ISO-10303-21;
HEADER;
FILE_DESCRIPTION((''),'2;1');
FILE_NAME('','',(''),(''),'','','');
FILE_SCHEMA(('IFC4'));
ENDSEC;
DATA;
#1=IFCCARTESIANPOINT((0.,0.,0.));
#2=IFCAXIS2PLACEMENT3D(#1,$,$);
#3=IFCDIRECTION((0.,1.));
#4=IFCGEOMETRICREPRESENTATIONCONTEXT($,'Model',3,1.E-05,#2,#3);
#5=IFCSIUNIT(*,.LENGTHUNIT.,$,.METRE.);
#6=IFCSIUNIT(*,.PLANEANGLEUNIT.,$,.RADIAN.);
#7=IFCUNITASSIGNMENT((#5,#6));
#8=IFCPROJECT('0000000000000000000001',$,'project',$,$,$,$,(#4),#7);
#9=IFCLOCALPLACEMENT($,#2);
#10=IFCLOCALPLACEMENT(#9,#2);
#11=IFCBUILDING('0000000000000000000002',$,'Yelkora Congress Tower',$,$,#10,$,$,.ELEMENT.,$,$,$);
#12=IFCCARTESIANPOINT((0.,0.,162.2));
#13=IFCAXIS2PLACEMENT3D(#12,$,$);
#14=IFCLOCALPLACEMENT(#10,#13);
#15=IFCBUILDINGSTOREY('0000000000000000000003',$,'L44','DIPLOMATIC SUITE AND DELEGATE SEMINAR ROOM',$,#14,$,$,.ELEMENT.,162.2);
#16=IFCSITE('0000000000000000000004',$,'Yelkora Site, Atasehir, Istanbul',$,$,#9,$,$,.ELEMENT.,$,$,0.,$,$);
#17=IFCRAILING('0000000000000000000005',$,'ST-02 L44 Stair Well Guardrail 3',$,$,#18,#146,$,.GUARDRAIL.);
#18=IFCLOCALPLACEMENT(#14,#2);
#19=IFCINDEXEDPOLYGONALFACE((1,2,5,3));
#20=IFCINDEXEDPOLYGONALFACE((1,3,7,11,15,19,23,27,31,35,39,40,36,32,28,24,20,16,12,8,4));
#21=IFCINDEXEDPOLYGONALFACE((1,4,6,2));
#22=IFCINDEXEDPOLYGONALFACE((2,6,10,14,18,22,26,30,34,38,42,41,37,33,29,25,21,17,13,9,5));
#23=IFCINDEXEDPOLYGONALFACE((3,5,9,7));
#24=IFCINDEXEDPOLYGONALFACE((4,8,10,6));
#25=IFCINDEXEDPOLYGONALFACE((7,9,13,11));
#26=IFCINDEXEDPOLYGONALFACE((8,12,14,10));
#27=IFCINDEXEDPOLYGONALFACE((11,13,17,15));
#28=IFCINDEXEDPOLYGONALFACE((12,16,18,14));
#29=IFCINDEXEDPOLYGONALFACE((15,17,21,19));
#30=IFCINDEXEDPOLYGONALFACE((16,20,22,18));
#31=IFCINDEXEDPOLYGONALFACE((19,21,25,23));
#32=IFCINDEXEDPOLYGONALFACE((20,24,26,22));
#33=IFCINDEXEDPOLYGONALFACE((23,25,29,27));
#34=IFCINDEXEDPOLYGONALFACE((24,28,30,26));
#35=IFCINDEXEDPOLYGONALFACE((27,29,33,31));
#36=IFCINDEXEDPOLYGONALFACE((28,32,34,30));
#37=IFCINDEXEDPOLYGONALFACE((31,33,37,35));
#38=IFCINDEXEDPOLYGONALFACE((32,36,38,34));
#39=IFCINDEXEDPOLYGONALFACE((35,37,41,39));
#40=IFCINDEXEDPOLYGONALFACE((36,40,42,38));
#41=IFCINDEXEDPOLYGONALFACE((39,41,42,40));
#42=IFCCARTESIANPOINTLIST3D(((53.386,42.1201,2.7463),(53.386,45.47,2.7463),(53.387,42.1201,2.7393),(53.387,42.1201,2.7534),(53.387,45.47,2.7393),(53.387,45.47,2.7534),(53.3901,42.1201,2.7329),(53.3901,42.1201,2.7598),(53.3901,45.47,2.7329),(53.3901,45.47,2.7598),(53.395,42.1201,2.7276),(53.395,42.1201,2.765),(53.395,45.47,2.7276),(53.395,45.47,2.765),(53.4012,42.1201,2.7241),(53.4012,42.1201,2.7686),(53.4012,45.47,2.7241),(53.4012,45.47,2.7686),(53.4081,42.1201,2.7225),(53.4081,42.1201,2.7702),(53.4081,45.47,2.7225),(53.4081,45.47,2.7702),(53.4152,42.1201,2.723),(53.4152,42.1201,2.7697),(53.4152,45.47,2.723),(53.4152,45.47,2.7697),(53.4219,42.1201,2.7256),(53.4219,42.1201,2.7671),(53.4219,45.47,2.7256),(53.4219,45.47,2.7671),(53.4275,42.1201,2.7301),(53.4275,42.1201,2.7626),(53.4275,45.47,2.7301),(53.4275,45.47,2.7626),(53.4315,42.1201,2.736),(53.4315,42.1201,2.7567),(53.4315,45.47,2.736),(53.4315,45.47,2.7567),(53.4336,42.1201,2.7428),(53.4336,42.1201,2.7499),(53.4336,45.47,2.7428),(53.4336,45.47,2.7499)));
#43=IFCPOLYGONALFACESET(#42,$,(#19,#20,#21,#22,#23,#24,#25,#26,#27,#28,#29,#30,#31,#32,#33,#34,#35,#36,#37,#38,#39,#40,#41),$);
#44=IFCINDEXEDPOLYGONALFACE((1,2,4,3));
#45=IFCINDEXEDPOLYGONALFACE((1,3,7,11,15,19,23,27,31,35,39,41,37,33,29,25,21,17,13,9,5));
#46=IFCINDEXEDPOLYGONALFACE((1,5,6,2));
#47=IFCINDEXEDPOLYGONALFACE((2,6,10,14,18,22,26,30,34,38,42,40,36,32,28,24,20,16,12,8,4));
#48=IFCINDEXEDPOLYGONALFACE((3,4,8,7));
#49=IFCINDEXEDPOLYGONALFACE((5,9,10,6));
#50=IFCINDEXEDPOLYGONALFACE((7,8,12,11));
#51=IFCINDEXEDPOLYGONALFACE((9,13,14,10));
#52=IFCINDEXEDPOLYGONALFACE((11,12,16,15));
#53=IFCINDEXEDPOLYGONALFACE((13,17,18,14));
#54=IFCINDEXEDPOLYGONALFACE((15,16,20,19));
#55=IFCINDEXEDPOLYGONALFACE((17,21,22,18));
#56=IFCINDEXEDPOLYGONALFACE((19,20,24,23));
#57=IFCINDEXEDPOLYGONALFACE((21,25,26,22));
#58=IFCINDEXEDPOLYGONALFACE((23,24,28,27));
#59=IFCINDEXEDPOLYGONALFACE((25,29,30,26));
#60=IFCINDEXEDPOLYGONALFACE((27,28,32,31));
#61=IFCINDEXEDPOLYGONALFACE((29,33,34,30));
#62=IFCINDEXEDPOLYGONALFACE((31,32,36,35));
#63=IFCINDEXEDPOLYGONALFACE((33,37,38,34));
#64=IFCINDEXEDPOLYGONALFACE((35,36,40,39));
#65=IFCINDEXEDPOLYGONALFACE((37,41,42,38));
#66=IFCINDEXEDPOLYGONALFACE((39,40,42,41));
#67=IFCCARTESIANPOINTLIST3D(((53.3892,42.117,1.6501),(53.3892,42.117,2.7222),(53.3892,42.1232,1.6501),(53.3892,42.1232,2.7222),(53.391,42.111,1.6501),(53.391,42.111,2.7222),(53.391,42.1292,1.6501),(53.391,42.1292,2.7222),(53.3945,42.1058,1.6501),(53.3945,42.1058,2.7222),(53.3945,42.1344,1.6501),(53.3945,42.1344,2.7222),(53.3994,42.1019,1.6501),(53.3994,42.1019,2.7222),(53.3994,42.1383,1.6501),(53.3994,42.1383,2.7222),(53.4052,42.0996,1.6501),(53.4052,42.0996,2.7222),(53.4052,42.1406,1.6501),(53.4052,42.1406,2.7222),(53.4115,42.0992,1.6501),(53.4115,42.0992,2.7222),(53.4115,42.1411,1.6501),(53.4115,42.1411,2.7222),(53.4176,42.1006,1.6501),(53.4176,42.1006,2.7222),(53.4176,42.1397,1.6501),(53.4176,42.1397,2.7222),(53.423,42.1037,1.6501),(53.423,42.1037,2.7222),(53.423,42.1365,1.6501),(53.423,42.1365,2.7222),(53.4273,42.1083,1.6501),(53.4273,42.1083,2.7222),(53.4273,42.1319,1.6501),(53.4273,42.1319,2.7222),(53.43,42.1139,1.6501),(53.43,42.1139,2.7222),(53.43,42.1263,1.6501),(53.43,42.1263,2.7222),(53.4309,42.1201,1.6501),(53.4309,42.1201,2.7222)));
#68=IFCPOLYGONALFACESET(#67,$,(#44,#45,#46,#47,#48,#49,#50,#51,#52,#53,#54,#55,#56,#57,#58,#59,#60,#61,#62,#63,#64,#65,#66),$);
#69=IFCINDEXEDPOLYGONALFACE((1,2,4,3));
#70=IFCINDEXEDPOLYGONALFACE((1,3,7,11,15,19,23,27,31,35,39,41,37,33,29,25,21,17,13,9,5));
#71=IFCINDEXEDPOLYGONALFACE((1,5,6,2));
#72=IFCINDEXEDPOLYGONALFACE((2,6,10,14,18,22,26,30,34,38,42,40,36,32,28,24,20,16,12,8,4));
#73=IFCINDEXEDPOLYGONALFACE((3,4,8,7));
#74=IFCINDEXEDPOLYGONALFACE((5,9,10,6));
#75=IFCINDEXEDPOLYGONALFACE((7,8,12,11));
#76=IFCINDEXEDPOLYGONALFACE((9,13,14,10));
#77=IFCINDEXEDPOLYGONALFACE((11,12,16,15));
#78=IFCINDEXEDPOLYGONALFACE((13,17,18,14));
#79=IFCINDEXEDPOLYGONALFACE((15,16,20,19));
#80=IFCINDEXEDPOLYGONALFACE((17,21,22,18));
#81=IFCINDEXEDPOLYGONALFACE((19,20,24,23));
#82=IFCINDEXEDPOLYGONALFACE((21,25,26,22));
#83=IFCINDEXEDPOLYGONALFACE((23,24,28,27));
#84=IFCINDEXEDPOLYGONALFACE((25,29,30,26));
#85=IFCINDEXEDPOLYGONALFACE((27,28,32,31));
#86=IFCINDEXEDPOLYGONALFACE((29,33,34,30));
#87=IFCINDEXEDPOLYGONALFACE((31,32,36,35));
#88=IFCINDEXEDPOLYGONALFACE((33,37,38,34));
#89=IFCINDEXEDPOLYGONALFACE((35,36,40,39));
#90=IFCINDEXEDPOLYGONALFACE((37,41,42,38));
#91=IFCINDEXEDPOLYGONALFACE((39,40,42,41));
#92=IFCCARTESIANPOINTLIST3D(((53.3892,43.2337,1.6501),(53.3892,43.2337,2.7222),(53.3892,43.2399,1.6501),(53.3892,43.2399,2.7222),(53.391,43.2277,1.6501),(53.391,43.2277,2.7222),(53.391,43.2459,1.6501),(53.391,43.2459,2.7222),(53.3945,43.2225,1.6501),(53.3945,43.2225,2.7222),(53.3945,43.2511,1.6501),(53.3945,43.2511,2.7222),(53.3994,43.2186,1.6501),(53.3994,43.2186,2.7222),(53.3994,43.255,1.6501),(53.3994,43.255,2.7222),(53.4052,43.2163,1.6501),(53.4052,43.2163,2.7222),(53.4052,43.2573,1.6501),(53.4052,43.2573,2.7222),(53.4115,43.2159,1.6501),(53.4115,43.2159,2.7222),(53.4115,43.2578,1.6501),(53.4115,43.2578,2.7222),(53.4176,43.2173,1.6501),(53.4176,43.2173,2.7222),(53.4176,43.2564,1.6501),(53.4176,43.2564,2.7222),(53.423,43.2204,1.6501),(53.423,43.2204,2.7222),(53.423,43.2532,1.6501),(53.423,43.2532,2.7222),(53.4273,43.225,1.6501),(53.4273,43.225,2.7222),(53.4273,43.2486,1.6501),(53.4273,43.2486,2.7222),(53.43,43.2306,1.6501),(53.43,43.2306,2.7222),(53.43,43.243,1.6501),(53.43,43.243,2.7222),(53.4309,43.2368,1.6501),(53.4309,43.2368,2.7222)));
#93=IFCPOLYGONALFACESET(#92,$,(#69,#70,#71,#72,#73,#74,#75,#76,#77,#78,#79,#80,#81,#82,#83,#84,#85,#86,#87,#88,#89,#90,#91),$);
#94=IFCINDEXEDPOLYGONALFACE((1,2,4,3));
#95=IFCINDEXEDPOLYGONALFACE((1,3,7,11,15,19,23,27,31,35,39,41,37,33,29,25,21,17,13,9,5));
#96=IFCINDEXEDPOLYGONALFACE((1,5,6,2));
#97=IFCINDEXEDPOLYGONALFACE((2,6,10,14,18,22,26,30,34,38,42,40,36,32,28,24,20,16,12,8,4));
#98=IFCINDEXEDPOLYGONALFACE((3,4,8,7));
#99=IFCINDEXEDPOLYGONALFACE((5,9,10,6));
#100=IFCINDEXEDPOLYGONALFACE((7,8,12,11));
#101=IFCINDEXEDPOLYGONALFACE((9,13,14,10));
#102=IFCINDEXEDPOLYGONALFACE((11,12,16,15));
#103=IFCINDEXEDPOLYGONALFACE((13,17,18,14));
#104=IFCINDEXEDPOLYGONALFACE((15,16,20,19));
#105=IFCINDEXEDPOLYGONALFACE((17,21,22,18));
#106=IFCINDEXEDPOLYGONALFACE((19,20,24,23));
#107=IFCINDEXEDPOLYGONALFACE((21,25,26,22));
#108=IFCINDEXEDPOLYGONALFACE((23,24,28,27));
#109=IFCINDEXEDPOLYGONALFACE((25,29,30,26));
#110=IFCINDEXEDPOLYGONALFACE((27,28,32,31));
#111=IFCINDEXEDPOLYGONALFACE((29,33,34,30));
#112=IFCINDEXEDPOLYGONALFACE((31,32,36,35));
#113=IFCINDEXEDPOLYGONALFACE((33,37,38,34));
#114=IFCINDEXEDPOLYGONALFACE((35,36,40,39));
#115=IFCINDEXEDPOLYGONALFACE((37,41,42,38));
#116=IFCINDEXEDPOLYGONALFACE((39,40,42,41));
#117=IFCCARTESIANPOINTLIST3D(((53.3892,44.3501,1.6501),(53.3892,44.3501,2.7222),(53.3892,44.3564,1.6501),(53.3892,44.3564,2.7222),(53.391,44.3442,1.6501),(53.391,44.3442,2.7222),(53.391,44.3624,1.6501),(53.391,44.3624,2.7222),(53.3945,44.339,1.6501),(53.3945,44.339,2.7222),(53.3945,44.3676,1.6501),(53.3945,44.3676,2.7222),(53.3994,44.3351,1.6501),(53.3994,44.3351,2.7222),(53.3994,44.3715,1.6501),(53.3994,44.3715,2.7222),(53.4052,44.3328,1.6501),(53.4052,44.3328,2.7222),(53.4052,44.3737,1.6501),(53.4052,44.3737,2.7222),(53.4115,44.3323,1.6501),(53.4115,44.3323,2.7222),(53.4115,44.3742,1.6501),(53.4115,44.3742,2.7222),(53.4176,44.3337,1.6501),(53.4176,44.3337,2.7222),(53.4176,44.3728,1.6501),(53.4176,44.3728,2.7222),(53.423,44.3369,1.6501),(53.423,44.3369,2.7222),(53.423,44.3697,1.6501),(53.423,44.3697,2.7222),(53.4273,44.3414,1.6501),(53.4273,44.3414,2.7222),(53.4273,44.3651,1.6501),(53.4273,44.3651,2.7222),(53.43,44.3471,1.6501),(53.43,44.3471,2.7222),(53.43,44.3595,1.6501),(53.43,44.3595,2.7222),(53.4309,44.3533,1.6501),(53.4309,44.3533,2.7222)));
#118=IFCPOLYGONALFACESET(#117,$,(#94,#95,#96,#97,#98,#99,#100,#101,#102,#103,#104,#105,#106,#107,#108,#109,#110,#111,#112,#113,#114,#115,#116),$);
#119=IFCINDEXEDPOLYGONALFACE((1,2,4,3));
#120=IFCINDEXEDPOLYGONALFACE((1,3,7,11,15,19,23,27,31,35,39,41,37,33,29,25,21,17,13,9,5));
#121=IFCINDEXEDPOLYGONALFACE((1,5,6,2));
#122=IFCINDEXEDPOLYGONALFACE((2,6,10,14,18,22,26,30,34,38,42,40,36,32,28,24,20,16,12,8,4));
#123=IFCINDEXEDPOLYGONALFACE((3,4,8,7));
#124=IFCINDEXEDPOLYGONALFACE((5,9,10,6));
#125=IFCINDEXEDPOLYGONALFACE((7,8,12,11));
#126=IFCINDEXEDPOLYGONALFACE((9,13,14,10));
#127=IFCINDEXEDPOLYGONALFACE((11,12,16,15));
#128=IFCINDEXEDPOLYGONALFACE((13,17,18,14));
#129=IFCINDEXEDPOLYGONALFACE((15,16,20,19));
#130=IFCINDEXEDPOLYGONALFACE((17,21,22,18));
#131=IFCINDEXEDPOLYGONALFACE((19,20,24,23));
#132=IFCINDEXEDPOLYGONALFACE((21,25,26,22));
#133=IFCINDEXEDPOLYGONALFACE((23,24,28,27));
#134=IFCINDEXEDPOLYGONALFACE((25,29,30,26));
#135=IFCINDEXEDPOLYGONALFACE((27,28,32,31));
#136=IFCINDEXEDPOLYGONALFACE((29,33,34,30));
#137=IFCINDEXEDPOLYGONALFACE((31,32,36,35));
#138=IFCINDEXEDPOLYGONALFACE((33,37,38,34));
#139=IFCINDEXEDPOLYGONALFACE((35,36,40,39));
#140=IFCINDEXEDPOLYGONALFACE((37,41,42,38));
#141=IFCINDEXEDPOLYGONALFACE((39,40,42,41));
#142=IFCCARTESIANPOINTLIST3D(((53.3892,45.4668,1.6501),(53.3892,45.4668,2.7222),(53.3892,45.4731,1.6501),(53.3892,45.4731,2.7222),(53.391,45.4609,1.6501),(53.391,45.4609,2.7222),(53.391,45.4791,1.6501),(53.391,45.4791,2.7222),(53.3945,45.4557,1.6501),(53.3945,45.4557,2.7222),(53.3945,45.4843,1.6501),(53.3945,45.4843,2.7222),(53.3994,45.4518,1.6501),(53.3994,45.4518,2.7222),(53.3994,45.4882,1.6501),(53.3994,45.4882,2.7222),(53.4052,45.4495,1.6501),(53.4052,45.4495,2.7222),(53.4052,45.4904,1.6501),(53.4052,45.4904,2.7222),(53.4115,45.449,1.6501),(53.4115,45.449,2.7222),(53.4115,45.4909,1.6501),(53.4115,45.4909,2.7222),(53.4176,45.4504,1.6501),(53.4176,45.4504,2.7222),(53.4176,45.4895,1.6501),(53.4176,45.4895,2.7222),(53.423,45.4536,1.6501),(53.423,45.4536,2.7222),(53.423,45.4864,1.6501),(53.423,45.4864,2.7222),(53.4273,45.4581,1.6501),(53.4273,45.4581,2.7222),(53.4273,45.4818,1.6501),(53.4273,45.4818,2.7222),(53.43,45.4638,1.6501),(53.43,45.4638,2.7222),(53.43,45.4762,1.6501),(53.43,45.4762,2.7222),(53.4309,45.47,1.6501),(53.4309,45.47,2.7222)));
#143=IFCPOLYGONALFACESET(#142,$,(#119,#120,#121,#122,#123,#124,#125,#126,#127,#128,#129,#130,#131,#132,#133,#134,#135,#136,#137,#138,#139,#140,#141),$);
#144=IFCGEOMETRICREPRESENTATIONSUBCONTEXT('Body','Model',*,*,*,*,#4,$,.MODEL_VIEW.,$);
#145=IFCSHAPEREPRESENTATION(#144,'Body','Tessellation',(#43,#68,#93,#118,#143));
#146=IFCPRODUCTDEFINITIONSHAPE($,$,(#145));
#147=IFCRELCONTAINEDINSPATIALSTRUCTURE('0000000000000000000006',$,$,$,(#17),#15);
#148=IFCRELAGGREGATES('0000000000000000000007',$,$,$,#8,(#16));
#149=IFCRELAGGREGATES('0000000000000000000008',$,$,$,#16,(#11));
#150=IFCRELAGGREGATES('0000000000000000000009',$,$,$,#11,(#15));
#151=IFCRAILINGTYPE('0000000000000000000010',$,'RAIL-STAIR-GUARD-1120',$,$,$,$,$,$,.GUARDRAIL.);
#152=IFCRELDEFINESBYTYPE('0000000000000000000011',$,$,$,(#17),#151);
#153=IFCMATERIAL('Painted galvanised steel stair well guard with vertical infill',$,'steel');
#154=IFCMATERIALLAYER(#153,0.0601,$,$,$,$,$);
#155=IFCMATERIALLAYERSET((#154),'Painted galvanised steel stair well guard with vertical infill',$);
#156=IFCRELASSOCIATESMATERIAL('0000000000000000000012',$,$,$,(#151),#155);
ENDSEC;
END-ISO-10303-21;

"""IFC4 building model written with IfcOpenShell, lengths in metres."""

from ifc_helpers import new_model, si_unit, direction, frame, origin, origin_2d, place, context, subcontext, project, spatial, circle, extrude, material, layer, layer_set, type_object, element, save


model = new_model("IFC4")

# Units and contexts
model_context = context("Model", 3, precision=1e-05, world=origin(), true_north=direction((0.0, 1.0)))
body_context = subcontext(model_context, "Body", "Model", "MODEL_VIEW")
ifc_project = project(units=[si_unit("LENGTHUNIT", "METRE"), si_unit("PLANEANGLEUNIT", "RADIAN")], contexts=[model_context])

# Site, building, storey
site_placement = place(None, origin())
site = spatial("IfcSite", under=ifc_project, at=site_placement, Name="Yelkora Site, Atasehir, Istanbul", CompositionType="ELEMENT", RefElevation=0.0)
building_placement = place(site_placement, origin())
building = spatial("IfcBuilding", under=site, at=building_placement, Name="Yelkora Congress Tower", CompositionType="ELEMENT")
storey_placement = place(building_placement, frame((0.0, 0.0, 162.2)))
storey = spatial("IfcBuildingStorey", under=building, at=storey_placement, Name="L44", Description="DIPLOMATIC SUITE AND DELEGATE SEMINAR ROOM", CompositionType="ELEMENT", Elevation=162.2)

# Railing
ifc_material_1 = material(Name="Painted galvanised steel stair well guard with vertical infill", Category="steel")
ifc_layer_1 = layer(ifc_material_1, 0.0601)
ifc_layer_set_1 = layer_set([ifc_layer_1], Name="Painted galvanised steel stair well guard with vertical infill")
railing_type_1 = type_object("IfcRailingType", Name="RAIL-STAIR-GUARD-1120", PredefinedType="GUARDRAIL", material=ifc_layer_set_1)
for number, where, name in (
    (1, (53.4099, 42.1201, 1.6501), "ST-02 L44 Stair Well Guardrail 3"),
):
    element("IfcRailing", number, at=place(storey_placement, frame(where)), inside=storey, type_object=railing_type_1, Name=name, PredefinedType="GUARDRAIL", context=body_context, shape_type="SweptSolid", body=[
        extrude(circle(Radius=0.0239, at=origin_2d()), frame((0.0, 0.0, 1.0962), z_axis=(0.0, 1.0, 0.0), x_axis=(-1.0, 0.0, 0.0)), (0.0, 0.0, 1.0), 3.3499),
        extrude(circle(Radius=0.021, at=origin_2d()), origin(), (0.0, 0.0, 1.0), 1.072),
        extrude(circle(Radius=0.021, at=origin_2d()), frame((0.0, 1.1167, 0.0)), (0.0, 0.0, 1.0), 1.072),
        extrude(circle(Radius=0.021, at=origin_2d()), frame((0.0, 2.2332, 0.0)), (0.0, 0.0, 1.0), 1.072),
        extrude(circle(Radius=0.021, at=origin_2d()), frame((0.0, 3.3499, 0.0)), (0.0, 0.0, 1.0), 1.072),
    ])

save(model, "model.ifc")
